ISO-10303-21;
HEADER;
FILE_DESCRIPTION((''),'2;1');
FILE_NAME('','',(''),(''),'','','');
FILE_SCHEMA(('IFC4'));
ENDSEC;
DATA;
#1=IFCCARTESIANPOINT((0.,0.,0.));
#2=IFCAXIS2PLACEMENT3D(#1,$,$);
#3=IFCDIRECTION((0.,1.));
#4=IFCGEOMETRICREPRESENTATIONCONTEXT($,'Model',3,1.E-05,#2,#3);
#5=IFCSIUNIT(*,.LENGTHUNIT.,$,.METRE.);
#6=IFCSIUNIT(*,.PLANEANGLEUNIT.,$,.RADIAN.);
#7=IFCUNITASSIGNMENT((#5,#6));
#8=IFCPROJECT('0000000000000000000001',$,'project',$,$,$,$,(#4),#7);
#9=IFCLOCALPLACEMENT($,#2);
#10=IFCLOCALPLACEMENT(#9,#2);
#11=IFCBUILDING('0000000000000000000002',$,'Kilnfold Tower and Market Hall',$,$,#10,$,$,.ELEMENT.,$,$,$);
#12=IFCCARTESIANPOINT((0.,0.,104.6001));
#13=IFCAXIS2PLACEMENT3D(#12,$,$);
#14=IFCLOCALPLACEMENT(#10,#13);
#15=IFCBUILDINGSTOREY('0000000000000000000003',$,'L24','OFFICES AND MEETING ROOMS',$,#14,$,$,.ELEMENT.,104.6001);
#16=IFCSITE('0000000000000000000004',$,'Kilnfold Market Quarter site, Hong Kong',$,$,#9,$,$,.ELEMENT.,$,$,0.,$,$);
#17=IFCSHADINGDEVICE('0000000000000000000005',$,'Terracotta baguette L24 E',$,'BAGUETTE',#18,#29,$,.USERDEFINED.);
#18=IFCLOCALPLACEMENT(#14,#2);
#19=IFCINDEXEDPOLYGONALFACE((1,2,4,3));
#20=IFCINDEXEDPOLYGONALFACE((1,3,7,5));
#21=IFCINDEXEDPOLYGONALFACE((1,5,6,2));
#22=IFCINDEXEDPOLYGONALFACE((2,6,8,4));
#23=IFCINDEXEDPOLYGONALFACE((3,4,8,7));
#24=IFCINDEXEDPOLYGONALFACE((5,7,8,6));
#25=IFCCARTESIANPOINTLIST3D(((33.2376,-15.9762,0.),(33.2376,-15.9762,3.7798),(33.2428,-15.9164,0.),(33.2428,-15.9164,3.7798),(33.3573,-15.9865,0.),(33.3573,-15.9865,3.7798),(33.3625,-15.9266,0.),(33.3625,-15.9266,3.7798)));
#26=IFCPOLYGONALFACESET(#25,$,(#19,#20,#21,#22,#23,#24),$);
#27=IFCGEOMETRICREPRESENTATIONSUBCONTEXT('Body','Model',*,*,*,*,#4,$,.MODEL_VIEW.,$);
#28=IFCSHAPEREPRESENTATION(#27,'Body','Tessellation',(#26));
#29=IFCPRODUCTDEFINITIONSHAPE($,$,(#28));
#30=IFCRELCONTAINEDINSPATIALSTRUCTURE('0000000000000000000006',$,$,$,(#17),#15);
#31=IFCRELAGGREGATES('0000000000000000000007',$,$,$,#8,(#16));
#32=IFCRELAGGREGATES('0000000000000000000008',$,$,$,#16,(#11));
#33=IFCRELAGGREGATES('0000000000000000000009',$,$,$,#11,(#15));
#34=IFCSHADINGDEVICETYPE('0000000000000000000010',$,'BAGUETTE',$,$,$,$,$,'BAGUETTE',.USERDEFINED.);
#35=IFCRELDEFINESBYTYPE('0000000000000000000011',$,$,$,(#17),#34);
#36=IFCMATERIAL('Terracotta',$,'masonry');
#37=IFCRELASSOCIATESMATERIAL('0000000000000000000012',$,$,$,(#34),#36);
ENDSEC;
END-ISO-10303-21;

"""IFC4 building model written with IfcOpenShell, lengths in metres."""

from ifc_helpers import new_model, si_unit, direction, frame, origin, origin_2d, place, context, subcontext, project, spatial, rectangle, extrude, source, transform, mapped, material, material_profile, profile_set, type_object, element, save


model = new_model("IFC4")

# Units and contexts
model_context = context("Model", 3, precision=1e-05, world=origin(), true_north=direction((0.0, 1.0)))
body_context = subcontext(model_context, "Body", "Model", "MODEL_VIEW")
ifc_project = project(units=[si_unit("LENGTHUNIT", "METRE"), si_unit("PLANEANGLEUNIT", "RADIAN")], contexts=[model_context])

# Site, building, storey
site_placement = place(None, origin())
site = spatial("IfcSite", under=ifc_project, at=site_placement, Name="Kilnfold Market Quarter site, Hong Kong", CompositionType="ELEMENT", RefElevation=0.0)
building_placement = place(site_placement, origin())
building = spatial("IfcBuilding", under=site, at=building_placement, Name="Kilnfold Tower and Market Hall", CompositionType="ELEMENT")
storey_placement = place(building_placement, frame((0.0, 0.0, 104.6001)))
storey = spatial("IfcBuildingStorey", under=building, at=storey_placement, Name="L24", Description="OFFICES AND MEETING ROOMS", CompositionType="ELEMENT", Elevation=104.6001)

# Shading device
ifc_material_1 = material(Name="Terracotta", Category="masonry")
ifc_material_profile_1 = material_profile(ifc_material_1, rectangle(XDim=0.0601, YDim=0.1201, at=origin_2d()), Name="BAG 60x120")
ifc_profile_set_1 = profile_set([ifc_material_profile_1], Name="Terracotta")
shading_device_type = type_object("IfcShadingDeviceType", Name="BAGUETTE", ElementType="BAGUETTE", PredefinedType="USERDEFINED", material=ifc_profile_set_1)
shared_shape_1 = source(origin(), body_context, "Body", "SweptSolid", [
    extrude(rectangle(XDim=0.0601, YDim=0.1201, at=origin_2d()), origin(), (0.0, 0.0, 1.0), 3.7798),
])
for number, where, z_axis, x_axis, name in (
    (1, (33.3, -15.9514, 0.0), (0.0, 0.0, 1.0), (0.085486, 0.996339, 0.0), "Terracotta baguette L24 E"),
):
    element("IfcShadingDevice", number, at=place(storey_placement, frame(where, z_axis=z_axis, x_axis=x_axis)), inside=storey, type_object=shading_device_type, Name=name, ObjectType="BAGUETTE", PredefinedType="USERDEFINED", context=body_context, shape_type="MappedRepresentation", body=[
        mapped(shared_shape_1, transform((0.0, 0.0, 0.0))),
    ])

save(model, "model.ifc")
